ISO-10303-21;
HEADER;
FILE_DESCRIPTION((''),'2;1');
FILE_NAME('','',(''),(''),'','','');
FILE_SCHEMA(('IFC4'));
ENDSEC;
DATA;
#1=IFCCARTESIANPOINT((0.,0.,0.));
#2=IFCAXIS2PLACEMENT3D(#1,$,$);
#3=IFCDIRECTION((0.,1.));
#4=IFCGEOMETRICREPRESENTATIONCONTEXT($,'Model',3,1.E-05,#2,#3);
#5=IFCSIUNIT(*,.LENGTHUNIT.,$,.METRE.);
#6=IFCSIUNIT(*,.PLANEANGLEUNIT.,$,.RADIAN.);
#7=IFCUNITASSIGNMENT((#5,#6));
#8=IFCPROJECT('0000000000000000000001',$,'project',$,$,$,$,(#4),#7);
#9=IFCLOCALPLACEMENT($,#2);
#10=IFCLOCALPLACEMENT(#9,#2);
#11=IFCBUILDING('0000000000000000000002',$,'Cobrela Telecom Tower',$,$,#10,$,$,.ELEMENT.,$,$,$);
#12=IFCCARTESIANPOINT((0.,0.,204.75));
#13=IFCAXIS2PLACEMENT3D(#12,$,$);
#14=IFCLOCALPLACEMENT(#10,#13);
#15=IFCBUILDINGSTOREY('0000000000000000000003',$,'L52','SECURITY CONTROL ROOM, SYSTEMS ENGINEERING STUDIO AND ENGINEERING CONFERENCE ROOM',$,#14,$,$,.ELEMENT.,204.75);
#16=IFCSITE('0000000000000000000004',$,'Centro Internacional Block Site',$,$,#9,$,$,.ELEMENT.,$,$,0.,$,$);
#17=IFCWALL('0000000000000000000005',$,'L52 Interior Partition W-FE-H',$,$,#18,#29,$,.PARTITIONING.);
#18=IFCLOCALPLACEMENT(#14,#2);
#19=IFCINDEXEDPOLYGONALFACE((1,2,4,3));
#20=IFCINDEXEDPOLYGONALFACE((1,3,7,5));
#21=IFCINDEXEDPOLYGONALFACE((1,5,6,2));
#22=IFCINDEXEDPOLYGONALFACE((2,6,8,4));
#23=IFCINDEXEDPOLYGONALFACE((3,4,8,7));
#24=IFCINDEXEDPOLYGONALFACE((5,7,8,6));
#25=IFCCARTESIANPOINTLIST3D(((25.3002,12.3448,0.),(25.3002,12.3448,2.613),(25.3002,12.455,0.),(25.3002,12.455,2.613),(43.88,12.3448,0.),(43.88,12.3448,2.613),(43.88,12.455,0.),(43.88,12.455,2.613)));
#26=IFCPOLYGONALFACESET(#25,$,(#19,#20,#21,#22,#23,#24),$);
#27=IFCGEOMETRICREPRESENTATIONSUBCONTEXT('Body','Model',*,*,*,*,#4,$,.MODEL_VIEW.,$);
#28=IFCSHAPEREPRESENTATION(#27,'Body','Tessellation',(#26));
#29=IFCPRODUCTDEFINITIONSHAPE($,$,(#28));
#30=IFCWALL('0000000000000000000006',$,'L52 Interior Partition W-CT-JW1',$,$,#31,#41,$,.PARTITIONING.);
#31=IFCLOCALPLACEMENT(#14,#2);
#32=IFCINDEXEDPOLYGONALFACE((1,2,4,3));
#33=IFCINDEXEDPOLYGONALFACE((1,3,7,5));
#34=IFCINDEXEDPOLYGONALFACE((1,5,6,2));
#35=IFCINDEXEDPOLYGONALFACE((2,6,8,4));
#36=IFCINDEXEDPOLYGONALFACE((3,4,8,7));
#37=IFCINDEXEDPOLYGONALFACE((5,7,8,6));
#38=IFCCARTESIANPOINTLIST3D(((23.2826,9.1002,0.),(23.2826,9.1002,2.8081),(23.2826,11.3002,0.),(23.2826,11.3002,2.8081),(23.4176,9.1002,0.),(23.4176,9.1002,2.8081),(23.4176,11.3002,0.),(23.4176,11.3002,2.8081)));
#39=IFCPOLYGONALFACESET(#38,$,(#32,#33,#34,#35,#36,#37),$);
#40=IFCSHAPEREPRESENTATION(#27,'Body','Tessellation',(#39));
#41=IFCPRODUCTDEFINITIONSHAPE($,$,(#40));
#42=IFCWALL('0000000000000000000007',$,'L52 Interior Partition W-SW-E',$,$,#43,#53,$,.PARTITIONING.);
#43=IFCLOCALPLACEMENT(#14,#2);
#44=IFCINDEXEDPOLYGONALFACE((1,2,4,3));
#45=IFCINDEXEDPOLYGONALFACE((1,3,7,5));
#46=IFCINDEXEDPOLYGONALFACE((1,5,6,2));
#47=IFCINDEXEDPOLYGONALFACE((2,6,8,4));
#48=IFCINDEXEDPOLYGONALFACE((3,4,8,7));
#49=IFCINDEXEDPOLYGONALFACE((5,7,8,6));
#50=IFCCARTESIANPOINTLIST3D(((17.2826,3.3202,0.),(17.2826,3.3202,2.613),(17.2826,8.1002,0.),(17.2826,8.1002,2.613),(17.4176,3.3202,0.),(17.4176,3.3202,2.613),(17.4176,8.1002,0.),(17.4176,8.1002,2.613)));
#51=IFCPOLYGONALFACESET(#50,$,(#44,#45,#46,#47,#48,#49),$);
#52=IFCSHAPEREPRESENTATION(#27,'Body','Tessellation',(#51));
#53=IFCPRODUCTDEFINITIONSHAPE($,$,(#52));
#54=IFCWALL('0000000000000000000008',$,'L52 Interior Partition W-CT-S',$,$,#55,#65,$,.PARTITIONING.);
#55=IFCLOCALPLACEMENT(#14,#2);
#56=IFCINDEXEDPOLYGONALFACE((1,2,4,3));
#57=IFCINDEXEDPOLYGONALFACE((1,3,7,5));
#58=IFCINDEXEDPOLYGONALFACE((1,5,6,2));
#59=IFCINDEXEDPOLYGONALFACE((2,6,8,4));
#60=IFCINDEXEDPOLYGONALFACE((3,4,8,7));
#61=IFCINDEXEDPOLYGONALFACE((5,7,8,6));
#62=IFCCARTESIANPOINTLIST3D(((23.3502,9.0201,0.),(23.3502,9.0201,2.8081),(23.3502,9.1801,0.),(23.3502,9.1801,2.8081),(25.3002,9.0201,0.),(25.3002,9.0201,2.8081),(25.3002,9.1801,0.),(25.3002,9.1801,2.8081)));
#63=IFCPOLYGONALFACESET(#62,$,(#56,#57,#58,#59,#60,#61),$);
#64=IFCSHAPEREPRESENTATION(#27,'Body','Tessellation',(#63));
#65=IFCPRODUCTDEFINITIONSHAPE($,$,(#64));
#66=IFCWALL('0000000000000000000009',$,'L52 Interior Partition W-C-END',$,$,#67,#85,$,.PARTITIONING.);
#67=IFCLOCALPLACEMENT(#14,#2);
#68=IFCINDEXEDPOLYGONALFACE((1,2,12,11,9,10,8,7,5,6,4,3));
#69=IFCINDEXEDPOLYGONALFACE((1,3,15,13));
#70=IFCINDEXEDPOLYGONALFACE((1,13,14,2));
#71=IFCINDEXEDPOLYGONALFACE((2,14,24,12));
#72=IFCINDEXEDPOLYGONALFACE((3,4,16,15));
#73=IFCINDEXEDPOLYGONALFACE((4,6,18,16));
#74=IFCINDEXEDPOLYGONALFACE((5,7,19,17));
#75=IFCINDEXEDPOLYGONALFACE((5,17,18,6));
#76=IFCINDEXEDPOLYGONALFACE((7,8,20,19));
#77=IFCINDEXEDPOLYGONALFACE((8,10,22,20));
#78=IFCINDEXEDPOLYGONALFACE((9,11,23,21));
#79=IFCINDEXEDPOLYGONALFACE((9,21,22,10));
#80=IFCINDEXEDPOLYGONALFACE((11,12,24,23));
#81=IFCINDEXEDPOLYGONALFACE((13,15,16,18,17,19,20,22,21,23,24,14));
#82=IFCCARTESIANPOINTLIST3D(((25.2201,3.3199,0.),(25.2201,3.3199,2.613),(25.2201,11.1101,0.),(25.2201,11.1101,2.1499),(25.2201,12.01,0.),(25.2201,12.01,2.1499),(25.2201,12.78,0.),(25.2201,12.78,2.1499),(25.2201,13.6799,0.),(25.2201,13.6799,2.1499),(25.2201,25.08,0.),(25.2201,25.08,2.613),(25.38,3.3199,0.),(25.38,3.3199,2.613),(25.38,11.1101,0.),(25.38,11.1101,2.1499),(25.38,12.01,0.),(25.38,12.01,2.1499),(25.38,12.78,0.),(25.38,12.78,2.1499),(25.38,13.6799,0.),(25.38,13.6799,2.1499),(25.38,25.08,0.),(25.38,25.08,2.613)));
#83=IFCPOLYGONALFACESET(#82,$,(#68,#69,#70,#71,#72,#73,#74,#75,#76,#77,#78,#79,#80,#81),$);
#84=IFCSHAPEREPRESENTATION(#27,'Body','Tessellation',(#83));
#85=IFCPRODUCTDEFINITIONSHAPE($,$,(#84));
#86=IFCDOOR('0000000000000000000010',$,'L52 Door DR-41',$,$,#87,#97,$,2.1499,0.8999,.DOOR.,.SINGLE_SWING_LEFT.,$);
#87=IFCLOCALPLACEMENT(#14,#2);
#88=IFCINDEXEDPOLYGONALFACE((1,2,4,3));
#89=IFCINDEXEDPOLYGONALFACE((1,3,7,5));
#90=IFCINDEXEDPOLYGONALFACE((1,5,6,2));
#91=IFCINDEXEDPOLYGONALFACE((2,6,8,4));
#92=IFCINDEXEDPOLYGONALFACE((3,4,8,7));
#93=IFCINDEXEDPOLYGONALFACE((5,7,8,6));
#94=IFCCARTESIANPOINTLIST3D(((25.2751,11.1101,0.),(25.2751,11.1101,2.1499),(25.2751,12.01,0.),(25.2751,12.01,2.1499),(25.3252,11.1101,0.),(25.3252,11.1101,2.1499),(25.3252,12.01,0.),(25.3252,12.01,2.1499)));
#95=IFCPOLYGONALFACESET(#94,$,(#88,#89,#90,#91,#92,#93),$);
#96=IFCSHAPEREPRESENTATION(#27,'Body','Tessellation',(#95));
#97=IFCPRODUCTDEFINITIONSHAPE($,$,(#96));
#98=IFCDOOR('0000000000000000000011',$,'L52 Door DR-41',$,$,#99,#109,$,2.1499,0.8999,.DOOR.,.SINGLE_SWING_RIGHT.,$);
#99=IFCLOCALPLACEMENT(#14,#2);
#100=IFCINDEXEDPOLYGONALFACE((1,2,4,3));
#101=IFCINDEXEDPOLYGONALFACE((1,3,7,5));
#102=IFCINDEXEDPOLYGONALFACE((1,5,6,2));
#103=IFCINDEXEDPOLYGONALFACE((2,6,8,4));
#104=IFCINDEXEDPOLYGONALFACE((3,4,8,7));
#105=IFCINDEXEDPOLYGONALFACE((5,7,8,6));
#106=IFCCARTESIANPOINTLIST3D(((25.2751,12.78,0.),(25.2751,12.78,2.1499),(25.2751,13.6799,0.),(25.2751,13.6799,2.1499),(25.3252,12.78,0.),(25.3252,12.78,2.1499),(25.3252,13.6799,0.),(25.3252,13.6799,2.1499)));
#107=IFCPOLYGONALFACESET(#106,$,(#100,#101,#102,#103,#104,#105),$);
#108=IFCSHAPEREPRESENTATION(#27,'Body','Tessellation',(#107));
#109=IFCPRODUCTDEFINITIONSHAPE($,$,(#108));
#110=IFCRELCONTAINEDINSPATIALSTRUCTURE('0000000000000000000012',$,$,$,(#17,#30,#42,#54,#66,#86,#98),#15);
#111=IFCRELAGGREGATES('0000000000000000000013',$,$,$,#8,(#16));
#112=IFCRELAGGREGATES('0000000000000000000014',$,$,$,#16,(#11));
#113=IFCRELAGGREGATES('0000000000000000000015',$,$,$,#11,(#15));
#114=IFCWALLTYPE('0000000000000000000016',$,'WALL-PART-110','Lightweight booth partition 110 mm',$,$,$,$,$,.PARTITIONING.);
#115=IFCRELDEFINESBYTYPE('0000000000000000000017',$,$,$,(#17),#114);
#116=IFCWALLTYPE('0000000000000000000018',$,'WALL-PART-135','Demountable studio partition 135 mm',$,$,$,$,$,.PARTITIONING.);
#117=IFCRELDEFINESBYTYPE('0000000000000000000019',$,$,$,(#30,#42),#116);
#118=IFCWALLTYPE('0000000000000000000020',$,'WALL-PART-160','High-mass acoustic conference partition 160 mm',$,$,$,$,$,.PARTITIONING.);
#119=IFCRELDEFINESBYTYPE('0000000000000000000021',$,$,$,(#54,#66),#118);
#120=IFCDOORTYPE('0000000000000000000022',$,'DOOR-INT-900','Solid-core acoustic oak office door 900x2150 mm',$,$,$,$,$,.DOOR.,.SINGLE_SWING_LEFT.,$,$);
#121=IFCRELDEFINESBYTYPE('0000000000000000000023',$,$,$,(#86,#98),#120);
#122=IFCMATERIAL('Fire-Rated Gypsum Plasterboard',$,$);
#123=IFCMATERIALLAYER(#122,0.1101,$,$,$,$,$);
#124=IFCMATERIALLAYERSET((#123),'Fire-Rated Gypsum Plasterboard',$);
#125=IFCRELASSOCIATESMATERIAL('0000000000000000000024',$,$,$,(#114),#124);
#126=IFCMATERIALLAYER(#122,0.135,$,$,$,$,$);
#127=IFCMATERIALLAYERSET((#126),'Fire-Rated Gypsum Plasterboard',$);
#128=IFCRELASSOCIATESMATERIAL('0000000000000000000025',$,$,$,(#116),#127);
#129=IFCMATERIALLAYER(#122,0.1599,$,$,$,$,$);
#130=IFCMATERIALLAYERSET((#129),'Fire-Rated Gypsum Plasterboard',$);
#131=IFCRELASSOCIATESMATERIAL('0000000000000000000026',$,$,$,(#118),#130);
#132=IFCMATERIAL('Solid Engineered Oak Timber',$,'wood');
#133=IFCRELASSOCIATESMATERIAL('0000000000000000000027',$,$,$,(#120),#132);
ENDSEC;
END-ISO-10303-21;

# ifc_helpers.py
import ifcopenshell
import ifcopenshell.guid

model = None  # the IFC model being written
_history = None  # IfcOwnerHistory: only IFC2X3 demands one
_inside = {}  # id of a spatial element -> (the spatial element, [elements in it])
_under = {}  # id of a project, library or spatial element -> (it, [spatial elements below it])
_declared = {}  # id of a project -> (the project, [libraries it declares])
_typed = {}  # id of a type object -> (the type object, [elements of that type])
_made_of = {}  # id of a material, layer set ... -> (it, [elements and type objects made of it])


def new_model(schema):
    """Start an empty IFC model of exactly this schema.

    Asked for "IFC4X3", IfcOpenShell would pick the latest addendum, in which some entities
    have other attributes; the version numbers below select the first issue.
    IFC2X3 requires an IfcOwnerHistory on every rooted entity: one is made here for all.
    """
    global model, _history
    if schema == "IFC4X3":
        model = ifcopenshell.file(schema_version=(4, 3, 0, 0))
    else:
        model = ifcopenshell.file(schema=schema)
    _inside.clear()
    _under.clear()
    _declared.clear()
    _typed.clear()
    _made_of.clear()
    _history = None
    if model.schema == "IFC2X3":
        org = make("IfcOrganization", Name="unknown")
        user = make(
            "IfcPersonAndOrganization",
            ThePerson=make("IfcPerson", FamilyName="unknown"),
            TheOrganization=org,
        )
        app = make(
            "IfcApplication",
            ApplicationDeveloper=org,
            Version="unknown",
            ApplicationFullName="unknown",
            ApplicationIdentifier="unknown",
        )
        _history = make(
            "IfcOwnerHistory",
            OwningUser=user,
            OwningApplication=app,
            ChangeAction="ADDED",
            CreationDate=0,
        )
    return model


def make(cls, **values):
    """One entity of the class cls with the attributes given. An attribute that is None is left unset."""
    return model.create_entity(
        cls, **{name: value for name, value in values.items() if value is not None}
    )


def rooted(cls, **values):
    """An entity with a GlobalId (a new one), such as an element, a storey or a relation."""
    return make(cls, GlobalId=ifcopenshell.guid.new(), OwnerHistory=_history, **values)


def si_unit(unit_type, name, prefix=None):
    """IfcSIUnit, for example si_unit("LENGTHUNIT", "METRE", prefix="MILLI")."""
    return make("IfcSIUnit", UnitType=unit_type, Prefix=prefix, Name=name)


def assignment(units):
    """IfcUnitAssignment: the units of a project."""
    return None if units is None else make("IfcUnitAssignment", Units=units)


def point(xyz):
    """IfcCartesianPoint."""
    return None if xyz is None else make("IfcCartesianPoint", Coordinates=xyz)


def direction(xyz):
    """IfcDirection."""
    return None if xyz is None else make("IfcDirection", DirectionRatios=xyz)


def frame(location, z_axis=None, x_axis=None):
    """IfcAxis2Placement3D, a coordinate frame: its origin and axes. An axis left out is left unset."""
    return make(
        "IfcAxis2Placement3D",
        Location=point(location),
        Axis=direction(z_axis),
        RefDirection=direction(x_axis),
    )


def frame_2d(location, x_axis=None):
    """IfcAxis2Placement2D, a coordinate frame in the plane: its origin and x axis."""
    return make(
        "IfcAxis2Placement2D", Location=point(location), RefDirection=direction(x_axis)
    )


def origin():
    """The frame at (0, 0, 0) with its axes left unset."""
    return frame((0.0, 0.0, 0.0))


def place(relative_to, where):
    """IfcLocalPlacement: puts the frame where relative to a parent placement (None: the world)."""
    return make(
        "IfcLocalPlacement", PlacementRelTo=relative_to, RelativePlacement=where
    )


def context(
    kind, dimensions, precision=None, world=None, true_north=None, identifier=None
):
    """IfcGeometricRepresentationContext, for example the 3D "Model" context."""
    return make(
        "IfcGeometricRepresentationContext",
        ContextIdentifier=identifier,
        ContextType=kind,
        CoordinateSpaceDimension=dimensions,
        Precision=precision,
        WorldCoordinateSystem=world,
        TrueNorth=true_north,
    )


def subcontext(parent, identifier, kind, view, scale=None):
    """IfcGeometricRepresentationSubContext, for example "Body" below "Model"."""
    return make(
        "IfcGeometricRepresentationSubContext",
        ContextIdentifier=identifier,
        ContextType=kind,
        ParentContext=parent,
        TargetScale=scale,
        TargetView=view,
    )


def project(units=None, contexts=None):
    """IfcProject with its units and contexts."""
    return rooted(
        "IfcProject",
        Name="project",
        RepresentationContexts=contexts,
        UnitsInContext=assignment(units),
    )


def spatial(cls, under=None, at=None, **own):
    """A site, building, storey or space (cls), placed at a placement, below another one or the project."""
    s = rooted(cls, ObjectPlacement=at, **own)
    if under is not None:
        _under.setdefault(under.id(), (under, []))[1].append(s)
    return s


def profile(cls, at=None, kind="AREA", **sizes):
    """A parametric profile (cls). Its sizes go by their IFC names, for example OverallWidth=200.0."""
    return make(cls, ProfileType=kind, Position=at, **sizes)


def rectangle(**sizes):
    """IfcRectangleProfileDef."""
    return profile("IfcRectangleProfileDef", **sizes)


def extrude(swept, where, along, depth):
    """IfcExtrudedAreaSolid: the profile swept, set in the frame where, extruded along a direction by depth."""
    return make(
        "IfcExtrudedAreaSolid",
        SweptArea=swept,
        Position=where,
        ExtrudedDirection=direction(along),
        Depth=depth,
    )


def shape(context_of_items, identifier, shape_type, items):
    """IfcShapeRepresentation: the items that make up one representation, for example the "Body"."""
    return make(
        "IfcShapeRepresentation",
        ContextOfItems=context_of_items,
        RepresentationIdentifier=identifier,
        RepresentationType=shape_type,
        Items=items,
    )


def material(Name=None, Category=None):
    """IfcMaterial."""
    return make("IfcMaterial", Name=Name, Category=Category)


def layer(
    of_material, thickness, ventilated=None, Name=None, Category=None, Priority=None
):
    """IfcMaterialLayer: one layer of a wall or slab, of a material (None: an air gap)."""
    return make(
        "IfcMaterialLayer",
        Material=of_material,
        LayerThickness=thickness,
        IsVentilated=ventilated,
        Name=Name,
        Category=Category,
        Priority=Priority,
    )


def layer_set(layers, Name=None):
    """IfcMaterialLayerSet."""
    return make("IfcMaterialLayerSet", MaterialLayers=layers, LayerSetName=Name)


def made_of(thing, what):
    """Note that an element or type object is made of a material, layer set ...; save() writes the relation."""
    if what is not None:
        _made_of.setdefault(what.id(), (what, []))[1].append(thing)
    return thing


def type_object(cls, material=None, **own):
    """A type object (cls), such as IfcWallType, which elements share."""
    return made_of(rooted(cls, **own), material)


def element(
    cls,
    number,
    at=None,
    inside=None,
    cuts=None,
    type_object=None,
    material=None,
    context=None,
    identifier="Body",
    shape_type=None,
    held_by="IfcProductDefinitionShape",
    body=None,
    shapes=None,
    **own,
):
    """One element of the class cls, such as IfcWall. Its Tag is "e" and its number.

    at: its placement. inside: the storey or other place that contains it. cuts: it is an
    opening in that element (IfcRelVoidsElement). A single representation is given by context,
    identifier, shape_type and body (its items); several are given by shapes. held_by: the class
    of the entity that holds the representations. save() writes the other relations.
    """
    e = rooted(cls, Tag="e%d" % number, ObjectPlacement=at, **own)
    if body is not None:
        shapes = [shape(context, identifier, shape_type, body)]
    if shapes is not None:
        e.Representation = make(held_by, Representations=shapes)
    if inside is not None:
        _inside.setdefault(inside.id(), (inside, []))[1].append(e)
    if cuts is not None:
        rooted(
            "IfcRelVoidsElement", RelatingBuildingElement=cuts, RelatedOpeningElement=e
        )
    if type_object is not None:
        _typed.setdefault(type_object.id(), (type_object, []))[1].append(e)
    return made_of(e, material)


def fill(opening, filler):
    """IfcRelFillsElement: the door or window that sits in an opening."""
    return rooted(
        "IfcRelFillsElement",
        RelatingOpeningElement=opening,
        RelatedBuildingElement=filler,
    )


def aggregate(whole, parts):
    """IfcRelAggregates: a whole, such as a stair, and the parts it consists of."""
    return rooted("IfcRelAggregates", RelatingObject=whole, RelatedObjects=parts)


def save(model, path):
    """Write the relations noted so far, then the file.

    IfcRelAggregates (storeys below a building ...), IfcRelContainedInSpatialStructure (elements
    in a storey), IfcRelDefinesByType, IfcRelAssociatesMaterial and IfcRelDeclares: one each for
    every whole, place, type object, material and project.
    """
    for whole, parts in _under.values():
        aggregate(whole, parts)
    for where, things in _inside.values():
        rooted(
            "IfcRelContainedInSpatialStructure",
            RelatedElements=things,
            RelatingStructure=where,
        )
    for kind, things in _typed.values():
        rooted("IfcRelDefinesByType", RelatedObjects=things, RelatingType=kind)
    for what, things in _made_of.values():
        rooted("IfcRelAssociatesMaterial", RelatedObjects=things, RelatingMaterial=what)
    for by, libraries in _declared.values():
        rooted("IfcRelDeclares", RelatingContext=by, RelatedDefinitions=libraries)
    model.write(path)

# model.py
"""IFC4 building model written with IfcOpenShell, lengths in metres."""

from ifc_helpers import new_model, si_unit, direction, frame, frame_2d, origin, place, context, subcontext, project, spatial, rectangle, extrude, material, layer, layer_set, type_object, element, fill, save


model = new_model("IFC4")

# Units and contexts
model_context = context("Model", 3, precision=1e-05, world=origin(), true_north=direction((0.0, 1.0)))
body_context = subcontext(model_context, "Body", "Model", "MODEL_VIEW")
ifc_project = project(units=[si_unit("LENGTHUNIT", "METRE"), si_unit("PLANEANGLEUNIT", "RADIAN")], contexts=[model_context])

# Site, building, storey
site_placement = place(None, origin())
site = spatial("IfcSite", under=ifc_project, at=site_placement, Name="Centro Internacional Block Site", CompositionType="ELEMENT", RefElevation=0.0)
building_placement = place(site_placement, origin())
building = spatial("IfcBuilding", under=site, at=building_placement, Name="Cobrela Telecom Tower", CompositionType="ELEMENT")
storey_placement = place(building_placement, frame((0.0, 0.0, 204.75)))
storey = spatial("IfcBuildingStorey", under=building, at=storey_placement, Name="L52", Description="SECURITY CONTROL ROOM, SYSTEMS ENGINEERING STUDIO AND ENGINEERING CONFERENCE ROOM", CompositionType="ELEMENT", Elevation=204.75)

# Walls
ifc_material_1 = material(Name="Fire-Rated Gypsum Plasterboard")
ifc_layer_1 = layer(ifc_material_1, 0.1101)
ifc_layer_set_1 = layer_set([ifc_layer_1], Name="Fire-Rated Gypsum Plasterboard")
wall_type_1 = type_object("IfcWallType", Name="WALL-PART-110", Description="Lightweight booth partition 110 mm", PredefinedType="PARTITIONING", material=ifc_layer_set_1)
wall_1_placement = place(storey_placement, frame((25.3, 12.3999, 0.0), z_axis=(0.0, 0.0, 1.0), x_axis=(1.0, 0.0, 0.0)))
element("IfcWall", 1, at=wall_1_placement, inside=storey, type_object=wall_type_1, Name="L52 Interior Partition W-FE-H", PredefinedType="PARTITIONING", context=body_context, shape_type="SweptSolid", body=[
    extrude(rectangle(XDim=18.5798, YDim=0.1101, at=frame_2d((9.29, 0.0))), origin(), (0.0, 0.0, 1.0), 2.613),
])
ifc_layer_2 = layer(ifc_material_1, 0.135)
ifc_layer_set_2 = layer_set([ifc_layer_2], Name="Fire-Rated Gypsum Plasterboard")
wall_type_2 = type_object("IfcWallType", Name="WALL-PART-135", Description="Demountable studio partition 135 mm", PredefinedType="PARTITIONING", material=ifc_layer_set_2)
wall_2_placement = place(storey_placement, frame((23.3501, 9.1001, 0.0), z_axis=(0.0, 0.0, 1.0), x_axis=(0.0, 1.0, 0.0)))
element("IfcWall", 2, at=wall_2_placement, inside=storey, type_object=wall_type_2, Name="L52 Interior Partition W-CT-JW1", PredefinedType="PARTITIONING", context=body_context, shape_type="SweptSolid", body=[
    extrude(rectangle(XDim=2.2, YDim=0.135, at=frame_2d((1.1001, 0.0))), origin(), (0.0, 0.0, 1.0), 2.8081),
])
wall_3_placement = place(storey_placement, frame((17.3501, 3.3201, 0.0), z_axis=(0.0, 0.0, 1.0), x_axis=(0.0, 1.0, 0.0)))
element("IfcWall", 3, at=wall_3_placement, inside=storey, type_object=wall_type_2, Name="L52 Interior Partition W-SW-E", PredefinedType="PARTITIONING", context=body_context, shape_type="SweptSolid", body=[
    extrude(rectangle(XDim=4.78, YDim=0.135, at=frame_2d((2.3901, 0.0))), origin(), (0.0, 0.0, 1.0), 2.613),
])
ifc_layer_3 = layer(ifc_material_1, 0.1599)
ifc_layer_set_3 = layer_set([ifc_layer_3], Name="Fire-Rated Gypsum Plasterboard")
wall_type_3 = type_object("IfcWallType", Name="WALL-PART-160", Description="High-mass acoustic conference partition 160 mm", PredefinedType="PARTITIONING", material=ifc_layer_set_3)
wall_4_placement = place(storey_placement, frame((23.3501, 9.1001, 0.0), z_axis=(0.0, 0.0, 1.0), x_axis=(1.0, 0.0, 0.0)))
element("IfcWall", 4, at=wall_4_placement, inside=storey, type_object=wall_type_3, Name="L52 Interior Partition W-CT-S", PredefinedType="PARTITIONING", context=body_context, shape_type="SweptSolid", body=[
    extrude(rectangle(XDim=1.95, YDim=0.1599, at=frame_2d((0.9751, 0.0))), origin(), (0.0, 0.0, 1.0), 2.8081),
])

# Wall, openings, doors
wall_5_placement = place(storey_placement, frame((25.3, 3.3201, 0.0), z_axis=(0.0, 0.0, 1.0), x_axis=(0.0, 1.0, 0.0)))
wall_5 = element("IfcWall", 5, at=wall_5_placement, inside=storey, type_object=wall_type_3, Name="L52 Interior Partition W-C-END", PredefinedType="PARTITIONING", context=body_context, shape_type="SweptSolid", body=[
    extrude(rectangle(XDim=21.76, YDim=0.1599, at=frame_2d((10.8799, 0.0))), origin(), (0.0, 0.0, 1.0), 2.613),
])
opening_1_placement = place(wall_5_placement, frame((7.79, 0.0, 0.0)))
opening_1 = element("IfcOpeningElement", 6, at=opening_1_placement, cuts=wall_5, PredefinedType="OPENING", context=body_context, shape_type="SweptSolid", body=[
    extrude(rectangle(XDim=0.8999, YDim=2.1499, at=frame_2d((0.45, 1.075))), frame((0.0, 0.0918, 0.0), z_axis=(0.0, -1.0, 0.0), x_axis=(1.0, 0.0, 0.0)), (0.0, 0.0, 1.0), 0.1838),
])
opening_2_placement = place(wall_5_placement, frame((9.46, 0.0, 0.0)))
opening_2 = element("IfcOpeningElement", 7, at=opening_2_placement, cuts=wall_5, PredefinedType="OPENING", context=body_context, shape_type="SweptSolid", body=[
    extrude(rectangle(XDim=0.8999, YDim=2.1499, at=frame_2d((0.45, 1.075))), frame((0.0, 0.0918, 0.0), z_axis=(0.0, -1.0, 0.0), x_axis=(1.0, 0.0, 0.0)), (0.0, 0.0, 1.0), 0.1838),
])
ifc_material_2 = material(Name="Solid Engineered Oak Timber", Category="wood")
door_type = type_object("IfcDoorType", Name="DOOR-INT-900", Description="Solid-core acoustic oak office door 900x2150 mm", OperationType="SINGLE_SWING_LEFT", PredefinedType="DOOR", material=ifc_material_2)
door_1_placement = place(opening_1_placement, origin())
door_1 = element("IfcDoor", 8, at=door_1_placement, inside=storey, type_object=door_type, Name="L52 Door DR-41", OperationType="SINGLE_SWING_LEFT", OverallHeight=2.1499, OverallWidth=0.8999, PredefinedType="DOOR", context=body_context, shape_type="SweptSolid", body=[
    extrude(rectangle(XDim=0.8999, YDim=2.1499, at=frame_2d((0.45, 1.075))), frame((0.0, 0.0249, 0.0), z_axis=(0.0, -1.0, 0.0), x_axis=(1.0, 0.0, 0.0)), (0.0, 0.0, 1.0), 0.05),
])
fill(opening_1, door_1)
door_2_placement = place(opening_2_placement, origin())
door_2 = element("IfcDoor", 9, at=door_2_placement, inside=storey, type_object=door_type, Name="L52 Door DR-41", OperationType="SINGLE_SWING_RIGHT", OverallHeight=2.1499, OverallWidth=0.8999, PredefinedType="DOOR", context=body_context, shape_type="SweptSolid", body=[
    extrude(rectangle(XDim=0.8999, YDim=2.1499, at=frame_2d((0.45, 1.075))), frame((0.0, 0.0249, 0.0), z_axis=(0.0, -1.0, 0.0), x_axis=(1.0, 0.0, 0.0)), (0.0, 0.0, 1.0), 0.05),
])
fill(opening_2, door_2)

save(model, "model.ifc")
